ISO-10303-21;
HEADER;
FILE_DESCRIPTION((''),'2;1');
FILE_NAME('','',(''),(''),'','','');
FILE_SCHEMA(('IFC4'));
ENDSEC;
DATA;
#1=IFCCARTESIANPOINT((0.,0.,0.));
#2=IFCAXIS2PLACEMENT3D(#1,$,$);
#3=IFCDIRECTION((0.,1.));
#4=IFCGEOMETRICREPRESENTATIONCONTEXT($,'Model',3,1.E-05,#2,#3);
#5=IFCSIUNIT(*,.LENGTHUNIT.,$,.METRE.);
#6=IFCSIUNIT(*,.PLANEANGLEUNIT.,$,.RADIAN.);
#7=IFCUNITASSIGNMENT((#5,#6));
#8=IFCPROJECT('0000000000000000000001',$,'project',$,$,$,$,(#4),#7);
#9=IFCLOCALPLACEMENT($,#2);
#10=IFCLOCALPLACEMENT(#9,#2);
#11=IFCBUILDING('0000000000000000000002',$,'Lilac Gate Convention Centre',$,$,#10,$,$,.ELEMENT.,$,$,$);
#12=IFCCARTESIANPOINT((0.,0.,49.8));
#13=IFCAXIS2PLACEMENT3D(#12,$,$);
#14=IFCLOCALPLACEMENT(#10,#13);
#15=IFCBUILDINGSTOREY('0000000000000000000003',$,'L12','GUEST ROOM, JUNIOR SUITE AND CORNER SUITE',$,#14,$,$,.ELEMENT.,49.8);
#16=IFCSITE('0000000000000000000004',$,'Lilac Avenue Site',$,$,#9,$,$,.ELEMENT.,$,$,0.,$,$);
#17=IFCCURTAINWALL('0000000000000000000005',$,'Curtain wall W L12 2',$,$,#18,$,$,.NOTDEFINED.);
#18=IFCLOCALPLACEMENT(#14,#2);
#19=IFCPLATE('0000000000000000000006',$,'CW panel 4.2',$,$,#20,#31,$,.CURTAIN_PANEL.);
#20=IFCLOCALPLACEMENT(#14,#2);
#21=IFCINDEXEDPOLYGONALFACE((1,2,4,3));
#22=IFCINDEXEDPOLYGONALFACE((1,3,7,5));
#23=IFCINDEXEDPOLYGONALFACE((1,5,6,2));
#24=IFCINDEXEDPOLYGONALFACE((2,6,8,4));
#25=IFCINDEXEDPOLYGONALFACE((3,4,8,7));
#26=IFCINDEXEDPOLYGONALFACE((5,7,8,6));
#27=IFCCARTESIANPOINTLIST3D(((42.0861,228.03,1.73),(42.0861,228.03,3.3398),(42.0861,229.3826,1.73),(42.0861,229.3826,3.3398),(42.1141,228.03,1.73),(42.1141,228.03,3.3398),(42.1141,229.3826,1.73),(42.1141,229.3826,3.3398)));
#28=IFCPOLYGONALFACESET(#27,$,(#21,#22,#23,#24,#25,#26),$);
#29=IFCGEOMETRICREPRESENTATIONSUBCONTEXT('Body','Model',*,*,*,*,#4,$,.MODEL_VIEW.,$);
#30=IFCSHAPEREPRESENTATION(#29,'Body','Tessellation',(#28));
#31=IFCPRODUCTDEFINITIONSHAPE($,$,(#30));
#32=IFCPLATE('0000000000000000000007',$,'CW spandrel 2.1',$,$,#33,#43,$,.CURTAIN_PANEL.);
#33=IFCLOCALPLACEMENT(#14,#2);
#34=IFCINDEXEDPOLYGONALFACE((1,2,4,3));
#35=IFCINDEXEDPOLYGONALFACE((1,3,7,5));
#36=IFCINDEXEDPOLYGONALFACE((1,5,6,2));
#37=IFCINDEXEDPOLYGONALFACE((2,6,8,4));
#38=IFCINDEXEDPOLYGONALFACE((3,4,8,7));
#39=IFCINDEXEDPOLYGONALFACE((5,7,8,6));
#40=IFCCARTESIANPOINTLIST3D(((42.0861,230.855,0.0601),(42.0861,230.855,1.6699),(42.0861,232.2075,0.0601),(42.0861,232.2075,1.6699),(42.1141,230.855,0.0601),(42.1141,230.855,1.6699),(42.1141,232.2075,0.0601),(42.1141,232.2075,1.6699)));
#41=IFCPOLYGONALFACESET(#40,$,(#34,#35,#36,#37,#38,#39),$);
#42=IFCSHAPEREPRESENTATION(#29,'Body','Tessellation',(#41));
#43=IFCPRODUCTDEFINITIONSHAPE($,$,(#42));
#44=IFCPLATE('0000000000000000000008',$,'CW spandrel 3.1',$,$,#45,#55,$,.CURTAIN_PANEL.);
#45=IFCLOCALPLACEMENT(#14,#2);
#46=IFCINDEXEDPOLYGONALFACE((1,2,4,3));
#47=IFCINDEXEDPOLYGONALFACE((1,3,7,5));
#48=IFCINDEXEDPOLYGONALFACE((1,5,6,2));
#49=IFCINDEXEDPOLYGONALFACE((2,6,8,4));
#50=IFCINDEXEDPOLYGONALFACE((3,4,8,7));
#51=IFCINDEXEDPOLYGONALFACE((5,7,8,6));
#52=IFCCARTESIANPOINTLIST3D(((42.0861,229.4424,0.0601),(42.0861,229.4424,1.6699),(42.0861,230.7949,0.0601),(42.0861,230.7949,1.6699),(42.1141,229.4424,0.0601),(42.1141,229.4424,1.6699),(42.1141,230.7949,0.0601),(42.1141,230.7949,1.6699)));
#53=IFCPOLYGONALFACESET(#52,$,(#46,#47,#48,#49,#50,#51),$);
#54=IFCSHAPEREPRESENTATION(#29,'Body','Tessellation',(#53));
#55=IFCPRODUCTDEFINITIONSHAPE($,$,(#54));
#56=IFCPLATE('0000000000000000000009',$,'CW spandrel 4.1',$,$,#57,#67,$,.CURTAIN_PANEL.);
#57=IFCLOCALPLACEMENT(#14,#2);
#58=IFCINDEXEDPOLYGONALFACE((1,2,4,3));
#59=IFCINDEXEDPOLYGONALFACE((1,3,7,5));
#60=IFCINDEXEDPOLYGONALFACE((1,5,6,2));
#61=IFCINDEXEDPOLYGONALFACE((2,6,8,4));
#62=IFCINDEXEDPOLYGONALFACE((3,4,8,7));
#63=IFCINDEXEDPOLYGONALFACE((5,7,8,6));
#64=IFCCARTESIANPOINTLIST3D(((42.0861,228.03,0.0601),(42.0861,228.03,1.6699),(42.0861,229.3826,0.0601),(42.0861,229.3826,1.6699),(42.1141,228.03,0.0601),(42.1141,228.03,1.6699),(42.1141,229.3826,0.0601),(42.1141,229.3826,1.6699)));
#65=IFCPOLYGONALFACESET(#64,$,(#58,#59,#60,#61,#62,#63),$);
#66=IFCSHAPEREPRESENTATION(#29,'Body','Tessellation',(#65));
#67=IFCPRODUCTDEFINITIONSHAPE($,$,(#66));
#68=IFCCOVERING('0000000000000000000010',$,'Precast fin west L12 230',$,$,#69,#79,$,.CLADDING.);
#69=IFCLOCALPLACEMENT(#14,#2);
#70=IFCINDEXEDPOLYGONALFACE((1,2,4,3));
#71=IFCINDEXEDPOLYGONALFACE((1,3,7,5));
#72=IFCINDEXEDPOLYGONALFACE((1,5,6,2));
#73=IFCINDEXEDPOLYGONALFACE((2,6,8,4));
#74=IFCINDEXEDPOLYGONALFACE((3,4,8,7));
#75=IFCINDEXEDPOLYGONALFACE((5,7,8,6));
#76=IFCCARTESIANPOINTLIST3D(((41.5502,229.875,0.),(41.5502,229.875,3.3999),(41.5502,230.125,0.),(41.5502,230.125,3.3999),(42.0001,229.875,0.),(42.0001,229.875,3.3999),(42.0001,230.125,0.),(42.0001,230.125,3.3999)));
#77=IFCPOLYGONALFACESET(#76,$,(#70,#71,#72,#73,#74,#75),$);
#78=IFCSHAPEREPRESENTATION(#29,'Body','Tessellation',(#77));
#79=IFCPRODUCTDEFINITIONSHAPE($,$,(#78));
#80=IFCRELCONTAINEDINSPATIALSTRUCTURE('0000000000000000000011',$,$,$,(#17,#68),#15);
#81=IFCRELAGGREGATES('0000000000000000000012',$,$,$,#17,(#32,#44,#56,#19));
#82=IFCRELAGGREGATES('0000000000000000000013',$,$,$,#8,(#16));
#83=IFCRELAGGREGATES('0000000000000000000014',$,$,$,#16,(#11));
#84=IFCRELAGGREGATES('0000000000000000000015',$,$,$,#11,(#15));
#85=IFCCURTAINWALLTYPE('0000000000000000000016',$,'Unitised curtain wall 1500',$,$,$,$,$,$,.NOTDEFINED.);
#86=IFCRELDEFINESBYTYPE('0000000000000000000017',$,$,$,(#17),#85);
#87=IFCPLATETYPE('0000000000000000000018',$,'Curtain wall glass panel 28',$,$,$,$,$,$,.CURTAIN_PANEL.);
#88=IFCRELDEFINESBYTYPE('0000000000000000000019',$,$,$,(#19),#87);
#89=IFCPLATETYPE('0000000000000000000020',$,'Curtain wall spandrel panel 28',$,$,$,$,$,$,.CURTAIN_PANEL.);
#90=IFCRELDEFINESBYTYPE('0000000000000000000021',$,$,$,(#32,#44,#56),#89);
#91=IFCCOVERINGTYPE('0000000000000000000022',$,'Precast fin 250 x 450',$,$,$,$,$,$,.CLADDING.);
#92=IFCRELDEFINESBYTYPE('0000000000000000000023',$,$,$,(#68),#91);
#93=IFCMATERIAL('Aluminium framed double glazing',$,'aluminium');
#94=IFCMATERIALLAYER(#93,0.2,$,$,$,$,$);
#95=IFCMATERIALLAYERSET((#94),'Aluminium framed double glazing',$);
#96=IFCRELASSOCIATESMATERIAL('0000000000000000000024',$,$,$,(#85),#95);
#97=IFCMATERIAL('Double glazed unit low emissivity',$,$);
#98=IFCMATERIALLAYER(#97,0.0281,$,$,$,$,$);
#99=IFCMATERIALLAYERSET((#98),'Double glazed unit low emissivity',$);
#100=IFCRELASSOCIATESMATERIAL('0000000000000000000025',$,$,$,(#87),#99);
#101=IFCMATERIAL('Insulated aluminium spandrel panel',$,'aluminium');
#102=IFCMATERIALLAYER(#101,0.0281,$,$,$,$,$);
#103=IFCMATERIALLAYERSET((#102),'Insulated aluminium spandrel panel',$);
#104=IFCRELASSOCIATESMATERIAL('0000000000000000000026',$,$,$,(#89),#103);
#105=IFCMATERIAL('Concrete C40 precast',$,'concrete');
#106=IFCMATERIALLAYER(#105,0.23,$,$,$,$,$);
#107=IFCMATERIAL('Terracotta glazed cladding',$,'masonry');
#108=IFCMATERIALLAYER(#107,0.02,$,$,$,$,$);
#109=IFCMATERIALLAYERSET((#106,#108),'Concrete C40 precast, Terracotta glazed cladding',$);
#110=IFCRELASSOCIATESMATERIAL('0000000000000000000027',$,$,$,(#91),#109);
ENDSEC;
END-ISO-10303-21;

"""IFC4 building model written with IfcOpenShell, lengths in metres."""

from ifc_helpers import new_model, si_unit, direction, frame, frame_2d, origin, origin_2d, place, context, subcontext, project, spatial, rectangle, extrude, material, layer, layer_set, type_object, element, aggregate, save


model = new_model("IFC4")

# Units and contexts
model_context = context("Model", 3, precision=1e-05, world=origin(), true_north=direction((0.0, 1.0)))
body_context = subcontext(model_context, "Body", "Model", "MODEL_VIEW")
ifc_project = project(units=[si_unit("LENGTHUNIT", "METRE"), si_unit("PLANEANGLEUNIT", "RADIAN")], contexts=[model_context])

# Site, building, storey
site_placement = place(None, origin())
site = spatial("IfcSite", under=ifc_project, at=site_placement, Name="Lilac Avenue Site", CompositionType="ELEMENT", RefElevation=0.0)
building_placement = place(site_placement, origin())
building = spatial("IfcBuilding", under=site, at=building_placement, Name="Lilac Gate Convention Centre", CompositionType="ELEMENT")
storey_placement = place(building_placement, frame((0.0, 0.0, 49.8)))
storey = spatial("IfcBuildingStorey", under=building, at=storey_placement, Name="L12", Description="GUEST ROOM, JUNIOR SUITE AND CORNER SUITE", CompositionType="ELEMENT", Elevation=49.8)

# Curtain wall, plates
ifc_material_1 = material(Name="Aluminium framed double glazing", Category="aluminium")
ifc_layer_1 = layer(ifc_material_1, 0.2)
ifc_layer_set_1 = layer_set([ifc_layer_1], Name="Aluminium framed double glazing")
curtain_wall_type = type_object("IfcCurtainWallType", Name="Unitised curtain wall 1500", PredefinedType="NOTDEFINED", material=ifc_layer_set_1)
curtain_wall_placement = place(storey_placement, origin())
curtain_wall = element("IfcCurtainWall", 1, at=curtain_wall_placement, inside=storey, type_object=curtain_wall_type, Name="Curtain wall W L12 2", PredefinedType="NOTDEFINED")
ifc_material_2 = material(Name="Double glazed unit low emissivity")
ifc_layer_2 = layer(ifc_material_2, 0.0281)
ifc_layer_set_2 = layer_set([ifc_layer_2], Name="Double glazed unit low emissivity")
plate_type_1 = type_object("IfcPlateType", Name="Curtain wall glass panel 28", PredefinedType="CURTAIN_PANEL", material=ifc_layer_set_2)
plate_1_placement = place(storey_placement, frame((42.1001, 228.7063, 1.73), z_axis=(0.0, 0.0, 1.0), x_axis=(0.0, -1.0, 0.0)))
plate_1 = element("IfcPlate", 2, at=plate_1_placement, type_object=plate_type_1, Name="CW panel 4.2", PredefinedType="CURTAIN_PANEL", context=body_context, shape_type="SweptSolid", body=[
    extrude(rectangle(XDim=1.3525, YDim=0.0281, at=origin_2d()), origin(), (0.0, 0.0, 1.0), 1.6099),
])
ifc_material_3 = material(Name="Insulated aluminium spandrel panel", Category="aluminium")
ifc_layer_3 = layer(ifc_material_3, 0.0281)
ifc_layer_set_3 = layer_set([ifc_layer_3], Name="Insulated aluminium spandrel panel")
plate_type_2 = type_object("IfcPlateType", Name="Curtain wall spandrel panel 28", PredefinedType="CURTAIN_PANEL", material=ifc_layer_set_3)
plate_2_placement = place(storey_placement, frame((42.1001, 231.5312, 0.0601), z_axis=(0.0, 0.0, 1.0), x_axis=(0.0, -1.0, 0.0)))
plate_2 = element("IfcPlate", 3, at=plate_2_placement, type_object=plate_type_2, Name="CW spandrel 2.1", PredefinedType="CURTAIN_PANEL", context=body_context, shape_type="SweptSolid", body=[
    extrude(rectangle(XDim=1.3525, YDim=0.0281, at=origin_2d()), origin(), (0.0, 0.0, 1.0), 1.6099),
])
plate_3_placement = place(storey_placement, frame((42.1001, 230.1187, 0.0601), z_axis=(0.0, 0.0, 1.0), x_axis=(0.0, -1.0, 0.0)))
plate_3 = element("IfcPlate", 4, at=plate_3_placement, type_object=plate_type_2, Name="CW spandrel 3.1", PredefinedType="CURTAIN_PANEL", context=body_context, shape_type="SweptSolid", body=[
    extrude(rectangle(XDim=1.3525, YDim=0.0281, at=origin_2d()), origin(), (0.0, 0.0, 1.0), 1.6099),
])
plate_4_placement = place(storey_placement, frame((42.1001, 228.7063, 0.0601), z_axis=(0.0, 0.0, 1.0), x_axis=(0.0, -1.0, 0.0)))
plate_4 = element("IfcPlate", 5, at=plate_4_placement, type_object=plate_type_2, Name="CW spandrel 4.1", PredefinedType="CURTAIN_PANEL", context=body_context, shape_type="SweptSolid", body=[
    extrude(rectangle(XDim=1.3525, YDim=0.0281, at=origin_2d()), origin(), (0.0, 0.0, 1.0), 1.6099),
])
aggregate(curtain_wall, [plate_2, plate_3, plate_4, plate_1])

# Covering
ifc_material_4 = material(Name="Concrete C40 precast", Category="concrete")
ifc_layer_4 = layer(ifc_material_4, 0.23)
ifc_material_5 = material(Name="Terracotta glazed cladding", Category="masonry")
ifc_layer_5 = layer(ifc_material_5, 0.02)
ifc_layer_set_4 = layer_set([ifc_layer_4, ifc_layer_5], Name="Concrete C40 precast, Terracotta glazed cladding")
covering_type = type_object("IfcCoveringType", Name="Precast fin 250 x 450", PredefinedType="CLADDING", material=ifc_layer_set_4)
covering_placement = place(storey_placement, frame((41.55, 230.0, 0.0), z_axis=(0.0, 0.0, 1.0), x_axis=(1.0, 0.0, 0.0)))
element("IfcCovering", 6, at=covering_placement, inside=storey, type_object=covering_type, Name="Precast fin west L12 230", PredefinedType="CLADDING", context=body_context, shape_type="SweptSolid", body=[
    extrude(rectangle(XDim=0.45, YDim=0.25, at=frame_2d((0.2251, 0.0))), origin(), (0.0, 0.0, 1.0), 3.3999),
])

save(model, "model.ifc")
